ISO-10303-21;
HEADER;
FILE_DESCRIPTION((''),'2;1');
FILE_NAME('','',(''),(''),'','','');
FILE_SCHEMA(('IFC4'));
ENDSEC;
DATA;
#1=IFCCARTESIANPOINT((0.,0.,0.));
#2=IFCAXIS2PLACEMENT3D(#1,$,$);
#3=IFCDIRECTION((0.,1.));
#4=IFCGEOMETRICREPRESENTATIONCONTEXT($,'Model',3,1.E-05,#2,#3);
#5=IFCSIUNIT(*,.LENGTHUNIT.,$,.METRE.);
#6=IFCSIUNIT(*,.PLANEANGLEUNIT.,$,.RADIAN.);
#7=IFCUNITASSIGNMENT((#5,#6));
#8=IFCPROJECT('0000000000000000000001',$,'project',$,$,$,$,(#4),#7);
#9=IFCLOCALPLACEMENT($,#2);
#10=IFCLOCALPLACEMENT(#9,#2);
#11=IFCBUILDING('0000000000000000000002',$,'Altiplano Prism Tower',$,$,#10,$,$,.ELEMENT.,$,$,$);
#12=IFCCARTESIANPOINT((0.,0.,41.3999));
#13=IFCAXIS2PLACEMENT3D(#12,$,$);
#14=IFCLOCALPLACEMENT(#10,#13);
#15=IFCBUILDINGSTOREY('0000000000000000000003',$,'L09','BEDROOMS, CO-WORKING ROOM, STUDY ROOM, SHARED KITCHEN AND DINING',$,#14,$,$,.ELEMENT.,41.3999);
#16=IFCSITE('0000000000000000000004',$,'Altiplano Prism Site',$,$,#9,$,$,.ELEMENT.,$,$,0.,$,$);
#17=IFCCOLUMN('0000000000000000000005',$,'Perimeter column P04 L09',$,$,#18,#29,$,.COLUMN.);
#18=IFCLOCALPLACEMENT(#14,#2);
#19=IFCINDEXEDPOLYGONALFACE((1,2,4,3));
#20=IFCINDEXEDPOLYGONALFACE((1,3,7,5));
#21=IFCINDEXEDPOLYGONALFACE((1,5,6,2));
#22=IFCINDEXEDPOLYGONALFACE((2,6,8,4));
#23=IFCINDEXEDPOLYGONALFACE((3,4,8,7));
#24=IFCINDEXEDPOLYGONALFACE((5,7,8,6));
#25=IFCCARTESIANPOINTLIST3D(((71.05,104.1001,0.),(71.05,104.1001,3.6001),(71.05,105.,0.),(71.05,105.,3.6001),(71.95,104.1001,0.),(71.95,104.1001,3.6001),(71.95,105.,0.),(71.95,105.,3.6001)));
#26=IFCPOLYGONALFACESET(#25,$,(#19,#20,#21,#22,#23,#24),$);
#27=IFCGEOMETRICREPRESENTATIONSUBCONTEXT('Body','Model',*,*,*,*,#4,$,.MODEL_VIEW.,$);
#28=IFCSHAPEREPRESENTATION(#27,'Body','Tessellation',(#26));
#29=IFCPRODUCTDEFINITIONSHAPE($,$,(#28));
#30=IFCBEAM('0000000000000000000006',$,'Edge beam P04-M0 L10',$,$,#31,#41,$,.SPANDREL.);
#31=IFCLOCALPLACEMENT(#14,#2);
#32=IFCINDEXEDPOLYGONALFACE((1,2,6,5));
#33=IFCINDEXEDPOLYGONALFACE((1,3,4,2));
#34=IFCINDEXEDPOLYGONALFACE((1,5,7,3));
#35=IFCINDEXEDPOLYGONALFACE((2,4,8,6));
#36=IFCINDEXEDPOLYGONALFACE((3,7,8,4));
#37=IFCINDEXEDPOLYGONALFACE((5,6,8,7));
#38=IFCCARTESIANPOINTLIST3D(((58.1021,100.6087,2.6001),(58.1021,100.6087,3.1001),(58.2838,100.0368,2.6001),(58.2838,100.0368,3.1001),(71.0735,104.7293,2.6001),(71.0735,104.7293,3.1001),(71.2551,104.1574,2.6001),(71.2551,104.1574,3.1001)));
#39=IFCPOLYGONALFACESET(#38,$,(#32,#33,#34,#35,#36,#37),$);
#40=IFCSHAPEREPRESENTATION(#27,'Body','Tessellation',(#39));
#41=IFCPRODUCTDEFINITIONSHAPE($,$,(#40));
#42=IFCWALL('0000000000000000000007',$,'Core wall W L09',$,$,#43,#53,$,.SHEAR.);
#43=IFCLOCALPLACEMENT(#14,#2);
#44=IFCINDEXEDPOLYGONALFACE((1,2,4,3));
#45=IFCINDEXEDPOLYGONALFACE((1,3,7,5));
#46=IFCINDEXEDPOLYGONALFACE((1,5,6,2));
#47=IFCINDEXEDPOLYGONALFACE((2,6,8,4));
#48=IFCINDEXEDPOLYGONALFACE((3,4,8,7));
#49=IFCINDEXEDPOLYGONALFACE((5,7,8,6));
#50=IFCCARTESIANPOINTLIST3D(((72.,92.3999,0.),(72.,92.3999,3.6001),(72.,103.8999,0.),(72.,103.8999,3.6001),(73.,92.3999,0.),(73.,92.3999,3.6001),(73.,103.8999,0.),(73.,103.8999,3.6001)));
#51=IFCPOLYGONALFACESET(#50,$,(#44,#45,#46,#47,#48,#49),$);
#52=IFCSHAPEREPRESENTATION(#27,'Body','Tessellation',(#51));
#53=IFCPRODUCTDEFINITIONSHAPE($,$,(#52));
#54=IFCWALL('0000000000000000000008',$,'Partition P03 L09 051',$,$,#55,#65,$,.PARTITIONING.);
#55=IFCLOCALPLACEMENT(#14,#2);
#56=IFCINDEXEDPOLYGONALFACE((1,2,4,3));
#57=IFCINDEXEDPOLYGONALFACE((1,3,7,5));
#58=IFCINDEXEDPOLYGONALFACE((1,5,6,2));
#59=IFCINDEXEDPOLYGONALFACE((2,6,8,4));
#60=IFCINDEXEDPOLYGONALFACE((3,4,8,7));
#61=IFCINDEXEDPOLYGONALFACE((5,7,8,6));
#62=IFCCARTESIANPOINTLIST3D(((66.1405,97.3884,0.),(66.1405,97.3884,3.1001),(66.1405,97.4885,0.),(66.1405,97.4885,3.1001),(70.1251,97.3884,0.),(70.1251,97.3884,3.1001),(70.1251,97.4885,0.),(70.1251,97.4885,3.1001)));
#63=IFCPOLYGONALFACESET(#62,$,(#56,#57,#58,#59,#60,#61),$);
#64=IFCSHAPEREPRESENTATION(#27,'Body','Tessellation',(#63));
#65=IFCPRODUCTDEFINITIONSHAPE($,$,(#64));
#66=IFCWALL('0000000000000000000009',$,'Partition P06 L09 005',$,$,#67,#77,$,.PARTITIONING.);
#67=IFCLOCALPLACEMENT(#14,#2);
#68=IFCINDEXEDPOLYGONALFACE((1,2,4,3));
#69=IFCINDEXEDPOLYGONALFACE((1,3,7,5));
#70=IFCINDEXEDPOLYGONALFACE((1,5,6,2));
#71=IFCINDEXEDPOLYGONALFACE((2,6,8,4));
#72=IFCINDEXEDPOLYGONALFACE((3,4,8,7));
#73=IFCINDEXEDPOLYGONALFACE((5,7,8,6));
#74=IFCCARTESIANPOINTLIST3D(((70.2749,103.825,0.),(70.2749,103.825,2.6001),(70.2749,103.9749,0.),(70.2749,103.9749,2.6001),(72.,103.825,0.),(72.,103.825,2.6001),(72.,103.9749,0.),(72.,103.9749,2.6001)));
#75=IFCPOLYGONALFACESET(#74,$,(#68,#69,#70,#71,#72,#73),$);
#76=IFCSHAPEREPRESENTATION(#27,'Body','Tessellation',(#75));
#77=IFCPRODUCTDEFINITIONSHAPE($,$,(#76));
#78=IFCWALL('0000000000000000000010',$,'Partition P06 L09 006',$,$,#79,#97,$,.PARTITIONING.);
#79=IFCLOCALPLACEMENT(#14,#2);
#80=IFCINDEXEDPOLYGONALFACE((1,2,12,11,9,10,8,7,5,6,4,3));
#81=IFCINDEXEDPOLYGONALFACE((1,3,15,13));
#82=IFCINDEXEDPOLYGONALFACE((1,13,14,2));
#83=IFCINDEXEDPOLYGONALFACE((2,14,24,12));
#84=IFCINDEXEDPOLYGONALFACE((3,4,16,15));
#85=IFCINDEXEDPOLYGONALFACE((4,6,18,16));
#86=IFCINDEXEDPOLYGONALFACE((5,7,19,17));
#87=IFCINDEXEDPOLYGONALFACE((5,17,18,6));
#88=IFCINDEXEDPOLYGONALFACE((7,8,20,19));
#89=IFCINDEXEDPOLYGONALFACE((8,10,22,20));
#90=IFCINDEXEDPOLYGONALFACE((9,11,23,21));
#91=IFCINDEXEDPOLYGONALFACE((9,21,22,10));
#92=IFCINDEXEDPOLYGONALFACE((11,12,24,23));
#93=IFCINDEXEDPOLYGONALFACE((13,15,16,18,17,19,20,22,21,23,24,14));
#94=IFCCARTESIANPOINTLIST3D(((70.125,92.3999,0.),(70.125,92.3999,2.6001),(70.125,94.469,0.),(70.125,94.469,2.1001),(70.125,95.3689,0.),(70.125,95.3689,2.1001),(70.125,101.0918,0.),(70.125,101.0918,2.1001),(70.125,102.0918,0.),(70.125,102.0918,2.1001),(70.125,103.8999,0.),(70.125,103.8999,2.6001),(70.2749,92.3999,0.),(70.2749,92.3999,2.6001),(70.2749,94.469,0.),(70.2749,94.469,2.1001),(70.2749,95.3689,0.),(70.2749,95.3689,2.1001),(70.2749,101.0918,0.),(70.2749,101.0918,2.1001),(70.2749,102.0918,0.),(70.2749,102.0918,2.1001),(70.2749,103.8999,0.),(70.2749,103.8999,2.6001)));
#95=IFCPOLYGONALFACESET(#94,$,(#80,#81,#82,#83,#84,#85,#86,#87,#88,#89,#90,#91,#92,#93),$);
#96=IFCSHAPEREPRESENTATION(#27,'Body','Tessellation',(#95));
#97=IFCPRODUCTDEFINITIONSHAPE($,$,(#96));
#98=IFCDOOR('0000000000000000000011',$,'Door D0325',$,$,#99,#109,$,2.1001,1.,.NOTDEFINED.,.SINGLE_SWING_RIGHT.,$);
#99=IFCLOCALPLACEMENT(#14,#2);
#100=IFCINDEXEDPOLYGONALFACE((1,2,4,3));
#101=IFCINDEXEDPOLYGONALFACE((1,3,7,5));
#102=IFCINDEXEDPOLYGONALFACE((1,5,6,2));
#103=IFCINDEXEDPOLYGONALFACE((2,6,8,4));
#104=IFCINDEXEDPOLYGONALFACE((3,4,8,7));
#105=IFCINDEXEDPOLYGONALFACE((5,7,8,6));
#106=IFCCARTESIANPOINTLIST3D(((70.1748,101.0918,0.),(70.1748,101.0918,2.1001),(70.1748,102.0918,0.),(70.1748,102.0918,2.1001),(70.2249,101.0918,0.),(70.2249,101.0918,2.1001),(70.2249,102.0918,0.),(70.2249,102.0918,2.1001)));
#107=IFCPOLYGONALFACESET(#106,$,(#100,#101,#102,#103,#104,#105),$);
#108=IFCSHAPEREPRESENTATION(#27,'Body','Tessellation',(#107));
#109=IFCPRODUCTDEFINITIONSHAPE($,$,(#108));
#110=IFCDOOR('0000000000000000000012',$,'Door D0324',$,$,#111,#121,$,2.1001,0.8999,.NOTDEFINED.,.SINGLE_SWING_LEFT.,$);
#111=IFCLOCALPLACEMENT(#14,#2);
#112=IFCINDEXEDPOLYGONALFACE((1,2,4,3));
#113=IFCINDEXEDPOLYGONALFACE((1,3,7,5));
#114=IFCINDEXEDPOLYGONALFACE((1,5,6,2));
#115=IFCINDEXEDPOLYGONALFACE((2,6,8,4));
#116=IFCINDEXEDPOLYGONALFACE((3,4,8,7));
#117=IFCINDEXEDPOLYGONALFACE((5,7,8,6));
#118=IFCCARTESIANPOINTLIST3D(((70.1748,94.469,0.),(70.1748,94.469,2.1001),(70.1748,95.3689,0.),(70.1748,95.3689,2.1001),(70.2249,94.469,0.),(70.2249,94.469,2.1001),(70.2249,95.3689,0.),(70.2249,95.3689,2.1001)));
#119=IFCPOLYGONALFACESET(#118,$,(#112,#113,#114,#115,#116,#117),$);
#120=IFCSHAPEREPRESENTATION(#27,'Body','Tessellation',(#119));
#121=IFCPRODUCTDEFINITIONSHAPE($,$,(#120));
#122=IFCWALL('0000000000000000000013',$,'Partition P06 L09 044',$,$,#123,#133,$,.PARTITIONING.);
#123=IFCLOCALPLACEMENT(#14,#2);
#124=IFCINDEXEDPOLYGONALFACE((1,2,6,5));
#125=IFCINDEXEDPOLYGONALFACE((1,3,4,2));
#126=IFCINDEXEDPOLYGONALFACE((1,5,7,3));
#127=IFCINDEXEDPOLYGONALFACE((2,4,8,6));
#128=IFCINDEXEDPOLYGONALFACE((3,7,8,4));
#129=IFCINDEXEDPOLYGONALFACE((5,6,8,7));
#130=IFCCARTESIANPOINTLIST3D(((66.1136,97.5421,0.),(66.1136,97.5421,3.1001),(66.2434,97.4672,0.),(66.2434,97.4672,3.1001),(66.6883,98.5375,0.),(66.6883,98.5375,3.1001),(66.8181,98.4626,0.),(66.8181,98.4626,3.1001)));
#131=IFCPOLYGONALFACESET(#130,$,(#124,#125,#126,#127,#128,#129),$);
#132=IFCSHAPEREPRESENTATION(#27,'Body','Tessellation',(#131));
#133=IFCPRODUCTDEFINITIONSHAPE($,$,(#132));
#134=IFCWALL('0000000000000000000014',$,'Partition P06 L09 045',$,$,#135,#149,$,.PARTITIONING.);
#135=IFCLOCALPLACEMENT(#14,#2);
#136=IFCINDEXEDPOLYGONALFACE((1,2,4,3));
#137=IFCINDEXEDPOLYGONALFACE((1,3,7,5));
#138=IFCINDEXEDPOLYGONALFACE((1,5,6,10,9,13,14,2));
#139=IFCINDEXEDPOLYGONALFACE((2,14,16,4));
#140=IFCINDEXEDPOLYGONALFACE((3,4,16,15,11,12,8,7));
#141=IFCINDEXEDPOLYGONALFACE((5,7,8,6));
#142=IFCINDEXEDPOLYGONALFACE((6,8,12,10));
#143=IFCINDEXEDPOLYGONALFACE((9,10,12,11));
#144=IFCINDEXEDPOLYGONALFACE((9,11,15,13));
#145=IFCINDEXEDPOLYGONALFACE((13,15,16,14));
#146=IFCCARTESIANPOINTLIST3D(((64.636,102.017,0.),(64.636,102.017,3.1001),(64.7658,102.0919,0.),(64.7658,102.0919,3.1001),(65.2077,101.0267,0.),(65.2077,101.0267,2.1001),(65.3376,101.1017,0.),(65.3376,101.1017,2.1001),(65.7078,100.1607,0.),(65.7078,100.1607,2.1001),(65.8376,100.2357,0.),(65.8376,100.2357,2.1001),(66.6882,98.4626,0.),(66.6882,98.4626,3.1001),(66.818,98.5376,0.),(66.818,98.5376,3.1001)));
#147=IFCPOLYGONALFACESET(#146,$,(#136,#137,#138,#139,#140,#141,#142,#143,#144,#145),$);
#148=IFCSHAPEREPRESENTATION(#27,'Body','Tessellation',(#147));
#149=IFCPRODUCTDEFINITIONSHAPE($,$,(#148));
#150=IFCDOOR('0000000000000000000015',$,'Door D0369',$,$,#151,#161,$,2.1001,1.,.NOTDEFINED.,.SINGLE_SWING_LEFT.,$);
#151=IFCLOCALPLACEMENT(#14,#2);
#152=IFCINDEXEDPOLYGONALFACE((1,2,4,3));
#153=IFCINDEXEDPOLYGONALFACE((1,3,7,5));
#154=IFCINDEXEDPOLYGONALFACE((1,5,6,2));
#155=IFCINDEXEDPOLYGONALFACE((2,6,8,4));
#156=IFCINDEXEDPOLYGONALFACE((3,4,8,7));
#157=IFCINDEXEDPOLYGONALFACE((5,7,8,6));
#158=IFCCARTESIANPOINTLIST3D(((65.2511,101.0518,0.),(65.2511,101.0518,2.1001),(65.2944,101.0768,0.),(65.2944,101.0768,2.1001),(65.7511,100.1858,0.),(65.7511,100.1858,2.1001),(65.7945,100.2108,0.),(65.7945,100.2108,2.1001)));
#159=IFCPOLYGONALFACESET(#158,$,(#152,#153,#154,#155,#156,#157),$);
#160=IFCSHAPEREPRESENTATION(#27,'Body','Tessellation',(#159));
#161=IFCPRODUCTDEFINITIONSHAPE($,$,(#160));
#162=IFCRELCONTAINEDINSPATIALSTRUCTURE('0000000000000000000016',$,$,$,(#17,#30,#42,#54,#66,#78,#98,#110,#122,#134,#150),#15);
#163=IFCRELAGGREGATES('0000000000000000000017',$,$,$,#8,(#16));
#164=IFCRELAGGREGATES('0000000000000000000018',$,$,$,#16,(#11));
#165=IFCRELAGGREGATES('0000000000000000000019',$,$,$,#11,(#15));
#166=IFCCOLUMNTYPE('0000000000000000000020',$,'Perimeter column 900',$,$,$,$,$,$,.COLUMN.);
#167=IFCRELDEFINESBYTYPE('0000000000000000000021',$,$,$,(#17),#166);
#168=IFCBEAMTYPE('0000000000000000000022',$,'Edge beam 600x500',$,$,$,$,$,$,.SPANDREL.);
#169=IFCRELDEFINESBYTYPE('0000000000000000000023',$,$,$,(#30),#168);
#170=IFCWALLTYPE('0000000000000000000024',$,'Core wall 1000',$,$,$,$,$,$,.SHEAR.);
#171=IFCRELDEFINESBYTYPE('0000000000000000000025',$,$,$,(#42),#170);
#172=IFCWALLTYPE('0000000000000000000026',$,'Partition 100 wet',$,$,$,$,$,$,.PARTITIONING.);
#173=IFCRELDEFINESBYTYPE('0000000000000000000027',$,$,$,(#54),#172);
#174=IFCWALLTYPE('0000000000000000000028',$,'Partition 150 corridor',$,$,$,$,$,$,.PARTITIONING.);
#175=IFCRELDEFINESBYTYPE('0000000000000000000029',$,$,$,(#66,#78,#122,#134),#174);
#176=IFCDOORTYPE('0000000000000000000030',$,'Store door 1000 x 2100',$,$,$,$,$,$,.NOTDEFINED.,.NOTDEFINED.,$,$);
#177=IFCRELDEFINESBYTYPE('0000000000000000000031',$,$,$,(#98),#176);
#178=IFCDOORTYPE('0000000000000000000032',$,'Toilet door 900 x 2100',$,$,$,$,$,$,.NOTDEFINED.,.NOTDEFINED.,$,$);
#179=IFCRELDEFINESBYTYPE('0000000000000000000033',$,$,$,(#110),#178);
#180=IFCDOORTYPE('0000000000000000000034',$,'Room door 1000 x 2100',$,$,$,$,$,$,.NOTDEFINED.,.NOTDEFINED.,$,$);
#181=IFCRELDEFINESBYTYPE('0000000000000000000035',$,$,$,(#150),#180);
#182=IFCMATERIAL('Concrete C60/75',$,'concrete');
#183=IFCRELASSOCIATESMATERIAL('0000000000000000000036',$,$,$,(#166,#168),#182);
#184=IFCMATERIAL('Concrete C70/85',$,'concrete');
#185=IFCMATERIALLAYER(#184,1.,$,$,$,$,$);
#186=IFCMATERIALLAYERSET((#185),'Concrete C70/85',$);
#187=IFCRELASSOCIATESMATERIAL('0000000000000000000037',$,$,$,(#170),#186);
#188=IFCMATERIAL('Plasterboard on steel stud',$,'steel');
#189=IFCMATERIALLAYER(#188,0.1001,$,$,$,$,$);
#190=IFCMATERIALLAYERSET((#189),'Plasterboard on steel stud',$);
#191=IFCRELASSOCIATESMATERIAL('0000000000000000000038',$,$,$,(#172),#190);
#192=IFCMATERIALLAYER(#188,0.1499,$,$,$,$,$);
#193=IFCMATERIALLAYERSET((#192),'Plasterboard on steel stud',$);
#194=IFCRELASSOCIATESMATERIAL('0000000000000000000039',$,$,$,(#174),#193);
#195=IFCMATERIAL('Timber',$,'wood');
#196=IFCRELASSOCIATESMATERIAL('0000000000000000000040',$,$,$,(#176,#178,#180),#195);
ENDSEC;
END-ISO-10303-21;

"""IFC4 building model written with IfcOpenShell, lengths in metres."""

from ifc_helpers import new_model, si_unit, direction, frame, frame_2d, origin, origin_2d, place, context, subcontext, project, spatial, rectangle, extrude, material, layer, layer_set, material_profile, profile_set, type_object, element, fill, save


model = new_model("IFC4")

# Units and contexts
model_context = context("Model", 3, precision=1e-05, world=origin(), true_north=direction((0.0, 1.0)))
body_context = subcontext(model_context, "Body", "Model", "MODEL_VIEW")
ifc_project = project(units=[si_unit("LENGTHUNIT", "METRE"), si_unit("PLANEANGLEUNIT", "RADIAN")], contexts=[model_context])

# Site, building, storey
site_placement = place(None, origin())
site = spatial("IfcSite", under=ifc_project, at=site_placement, Name="Altiplano Prism Site", CompositionType="ELEMENT", RefElevation=0.0)
building_placement = place(site_placement, origin())
building = spatial("IfcBuilding", under=site, at=building_placement, Name="Altiplano Prism Tower", CompositionType="ELEMENT")
storey_placement = place(building_placement, frame((0.0, 0.0, 41.3999)))
storey = spatial("IfcBuildingStorey", under=building, at=storey_placement, Name="L09", Description="BEDROOMS, CO-WORKING ROOM, STUDY ROOM, SHARED KITCHEN AND DINING", CompositionType="ELEMENT", Elevation=41.3999)

# Column
ifc_material_1 = material(Name="Concrete C60/75", Category="concrete")
ifc_material_profile_1 = material_profile(ifc_material_1, rectangle(XDim=0.8999, YDim=0.8999, at=origin_2d()), Name="Perimeter column 900")
ifc_profile_set_1 = profile_set([ifc_material_profile_1], Name="Concrete C60/75")
column_type = type_object("IfcColumnType", Name="Perimeter column 900", PredefinedType="COLUMN", material=ifc_profile_set_1)
column_placement = place(storey_placement, frame((71.5, 104.55, 0.0), z_axis=(0.0, 0.0, 1.0), x_axis=(1.0, 0.0, 0.0)))
element("IfcColumn", 1, at=column_placement, inside=storey, type_object=column_type, Name="Perimeter column P04 L09", PredefinedType="COLUMN", context=body_context, shape_type="SweptSolid", body=[
    extrude(rectangle(XDim=0.8999, YDim=0.8999, at=origin_2d()), origin(), (0.0, 0.0, 1.0), 3.6001),
])

# Beam
ifc_material_profile_2 = material_profile(ifc_material_1, rectangle(XDim=0.6001, YDim=0.5, at=origin_2d()), Name="Edge beam 600x500")
ifc_profile_set_2 = profile_set([ifc_material_profile_2], Name="Concrete C60/75")
beam_type = type_object("IfcBeamType", Name="Edge beam 600x500", PredefinedType="SPANDREL", material=ifc_profile_set_2)
beam_placement = place(storey_placement, frame((71.1643, 104.4434, 2.8501), z_axis=(-0.953067, -0.302759, 0.0), x_axis=(0.302759, -0.953067, 0.0)))
element("IfcBeam", 2, at=beam_placement, inside=storey, type_object=beam_type, Name="Edge beam P04-M0 L10", PredefinedType="SPANDREL", context=body_context, shape_type="SweptSolid", body=[
    extrude(rectangle(XDim=0.6001, YDim=0.5, at=origin_2d()), origin(), (0.0, 0.0, 1.0), 13.6101),
])

# Walls
ifc_material_2 = material(Name="Concrete C70/85", Category="concrete")
ifc_layer_1 = layer(ifc_material_2, 1.0)
ifc_layer_set_1 = layer_set([ifc_layer_1], Name="Concrete C70/85")
wall_type_1 = type_object("IfcWallType", Name="Core wall 1000", PredefinedType="SHEAR", material=ifc_layer_set_1)
wall_1_placement = place(storey_placement, frame((72.5, 103.8999, 0.0), z_axis=(0.0, 0.0, 1.0), x_axis=(0.0, -1.0, 0.0)))
element("IfcWall", 3, at=wall_1_placement, inside=storey, type_object=wall_type_1, Name="Core wall W L09", PredefinedType="SHEAR", context=body_context, shape_type="SweptSolid", body=[
    extrude(rectangle(XDim=11.5, YDim=1.0, at=frame_2d((5.75, 0.0))), origin(), (0.0, 0.0, 1.0), 3.6001),
])
ifc_material_3 = material(Name="Plasterboard on steel stud", Category="steel")
ifc_layer_2 = layer(ifc_material_3, 0.1001)
ifc_layer_set_2 = layer_set([ifc_layer_2], Name="Plasterboard on steel stud")
wall_type_2 = type_object("IfcWallType", Name="Partition 100 wet", PredefinedType="PARTITIONING", material=ifc_layer_set_2)
wall_2_placement = place(storey_placement, frame((70.125, 97.4385, 0.0), z_axis=(0.0, 0.0, 1.0), x_axis=(-1.0, 0.0, 0.0)))
element("IfcWall", 4, at=wall_2_placement, inside=storey, type_object=wall_type_2, Name="Partition P03 L09 051", PredefinedType="PARTITIONING", context=body_context, shape_type="SweptSolid", body=[
    extrude(rectangle(XDim=3.9846, YDim=0.1001, at=frame_2d((1.9922, 0.0))), origin(), (0.0, 0.0, 1.0), 3.1001),
])
ifc_layer_3 = layer(ifc_material_3, 0.1499)
ifc_layer_set_3 = layer_set([ifc_layer_3], Name="Plasterboard on steel stud")
wall_type_3 = type_object("IfcWallType", Name="Partition 150 corridor", PredefinedType="PARTITIONING", material=ifc_layer_set_3)
wall_3_placement = place(storey_placement, frame((72.0, 103.8999, 0.0), z_axis=(0.0, 0.0, 1.0), x_axis=(-1.0, 0.0, 0.0)))
element("IfcWall", 5, at=wall_3_placement, inside=storey, type_object=wall_type_3, Name="Partition P06 L09 005", PredefinedType="PARTITIONING", context=body_context, shape_type="SweptSolid", body=[
    extrude(rectangle(XDim=1.7251, YDim=0.1499, at=frame_2d((0.8625, 0.0))), origin(), (0.0, 0.0, 1.0), 2.6001),
])

# Wall, openings, doors
wall_4_placement = place(storey_placement, frame((70.2, 103.8999, 0.0), z_axis=(0.0, 0.0, 1.0), x_axis=(0.0, -1.0, 0.0)))
wall_4 = element("IfcWall", 6, at=wall_4_placement, inside=storey, type_object=wall_type_3, Name="Partition P06 L09 006", PredefinedType="PARTITIONING", context=body_context, shape_type="SweptSolid", body=[
    extrude(rectangle(XDim=11.5, YDim=0.1499, at=frame_2d((5.75, 0.0))), origin(), (0.0, 0.0, 1.0), 2.6001),
])
opening_1_placement = place(wall_4_placement, frame((8.531, 0.0, 0.0)))
opening_1 = element("IfcOpeningElement", 7, at=opening_1_placement, cuts=wall_4, PredefinedType="OPENING", context=body_context, shape_type="SweptSolid", body=[
    extrude(rectangle(XDim=0.8999, YDim=2.1001, at=frame_2d((0.45, 1.05))), frame((0.0, 0.0854, 0.0), z_axis=(0.0, -1.0, 0.0), x_axis=(1.0, 0.0, 0.0)), (0.0, 0.0, 1.0), 0.1709),
])
opening_2_placement = place(wall_4_placement, frame((1.8081, 0.0, 0.0)))
opening_2 = element("IfcOpeningElement", 8, at=opening_2_placement, cuts=wall_4, PredefinedType="OPENING", context=body_context, shape_type="SweptSolid", body=[
    extrude(rectangle(XDim=1.0, YDim=2.1001, at=frame_2d((0.5, 1.05))), frame((0.0, 0.0854, 0.0), z_axis=(0.0, -1.0, 0.0), x_axis=(1.0, 0.0, 0.0)), (0.0, 0.0, 1.0), 0.1709),
])
ifc_material_4 = material(Name="Timber", Category="wood")
door_type_1 = type_object("IfcDoorType", Name="Store door 1000 x 2100", OperationType="NOTDEFINED", PredefinedType="NOTDEFINED", material=ifc_material_4)
door_1_placement = place(opening_2_placement, origin())
door_1 = element("IfcDoor", 9, at=door_1_placement, inside=storey, type_object=door_type_1, Name="Door D0325", OperationType="SINGLE_SWING_RIGHT", OverallHeight=2.1001, OverallWidth=1.0, PredefinedType="NOTDEFINED", context=body_context, shape_type="SweptSolid", body=[
    extrude(rectangle(XDim=1.0, YDim=2.1001, at=frame_2d((0.5, 1.05))), frame((0.0, 0.0249, 0.0), z_axis=(0.0, -1.0, 0.0), x_axis=(1.0, 0.0, 0.0)), (0.0, 0.0, 1.0), 0.05),
])
fill(opening_2, door_1)
door_type_2 = type_object("IfcDoorType", Name="Toilet door 900 x 2100", OperationType="NOTDEFINED", PredefinedType="NOTDEFINED", material=ifc_material_4)
door_2_placement = place(opening_1_placement, origin())
door_2 = element("IfcDoor", 10, at=door_2_placement, inside=storey, type_object=door_type_2, Name="Door D0324", OperationType="SINGLE_SWING_LEFT", OverallHeight=2.1001, OverallWidth=0.8999, PredefinedType="NOTDEFINED", context=body_context, shape_type="SweptSolid", body=[
    extrude(rectangle(XDim=0.8999, YDim=2.1001, at=frame_2d((0.45, 1.05))), frame((0.0, 0.0249, 0.0), z_axis=(0.0, -1.0, 0.0), x_axis=(1.0, 0.0, 0.0)), (0.0, 0.0, 1.0), 0.05),
])
fill(opening_1, door_2)

# Wall
wall_5_placement = place(storey_placement, frame((66.1785, 97.5046, 0.0), z_axis=(0.0, 0.0, 1.0), x_axis=(0.500023, 0.866012, 0.0)))
element("IfcWall", 11, at=wall_5_placement, inside=storey, type_object=wall_type_3, Name="Partition P06 L09 044", PredefinedType="PARTITIONING", context=body_context, shape_type="SweptSolid", body=[
    extrude(rectangle(XDim=1.1494, YDim=0.1499, at=frame_2d((0.5747, 0.0))), origin(), (0.0, 0.0, 1.0), 3.1001),
])

# Wall, opening, door
wall_6_placement = place(storey_placement, frame((66.7532, 98.5, 0.0), z_axis=(0.0, 0.0, 1.0), x_axis=(-0.500016, 0.866016, 0.0)))
wall_6 = element("IfcWall", 12, at=wall_6_placement, inside=storey, type_object=wall_type_3, Name="Partition P06 L09 045", PredefinedType="PARTITIONING", context=body_context, shape_type="SweptSolid", body=[
    extrude(rectangle(XDim=4.1042, YDim=0.1499, at=frame_2d((2.0522, 0.0))), origin(), (0.0, 0.0, 1.0), 3.1001),
])
opening_3_placement = place(wall_6_placement, frame((1.9609, 0.0, 0.0)))
opening_3 = element("IfcOpeningElement", 13, at=opening_3_placement, cuts=wall_6, PredefinedType="OPENING", context=body_context, shape_type="SweptSolid", body=[
    extrude(rectangle(XDim=1.0, YDim=2.1001, at=frame_2d((0.5, 1.05))), frame((0.0, 0.0854, 0.0), z_axis=(0.0, -1.0, 0.0), x_axis=(1.0, 0.0, 0.0)), (0.0, 0.0, 1.0), 0.1709),
])
door_type_3 = type_object("IfcDoorType", Name="Room door 1000 x 2100", OperationType="NOTDEFINED", PredefinedType="NOTDEFINED", material=ifc_material_4)
door_3_placement = place(opening_3_placement, origin())
door_3 = element("IfcDoor", 14, at=door_3_placement, inside=storey, type_object=door_type_3, Name="Door D0369", OperationType="SINGLE_SWING_LEFT", OverallHeight=2.1001, OverallWidth=1.0, PredefinedType="NOTDEFINED", context=body_context, shape_type="SweptSolid", body=[
    extrude(rectangle(XDim=1.0, YDim=2.1001, at=frame_2d((0.5, 1.05))), frame((0.0, 0.0249, 0.0), z_axis=(0.0, -1.0, 0.0), x_axis=(1.0, 0.0, 0.0)), (0.0, 0.0, 1.0), 0.05),
])
fill(opening_3, door_3)

save(model, "model.ifc")
